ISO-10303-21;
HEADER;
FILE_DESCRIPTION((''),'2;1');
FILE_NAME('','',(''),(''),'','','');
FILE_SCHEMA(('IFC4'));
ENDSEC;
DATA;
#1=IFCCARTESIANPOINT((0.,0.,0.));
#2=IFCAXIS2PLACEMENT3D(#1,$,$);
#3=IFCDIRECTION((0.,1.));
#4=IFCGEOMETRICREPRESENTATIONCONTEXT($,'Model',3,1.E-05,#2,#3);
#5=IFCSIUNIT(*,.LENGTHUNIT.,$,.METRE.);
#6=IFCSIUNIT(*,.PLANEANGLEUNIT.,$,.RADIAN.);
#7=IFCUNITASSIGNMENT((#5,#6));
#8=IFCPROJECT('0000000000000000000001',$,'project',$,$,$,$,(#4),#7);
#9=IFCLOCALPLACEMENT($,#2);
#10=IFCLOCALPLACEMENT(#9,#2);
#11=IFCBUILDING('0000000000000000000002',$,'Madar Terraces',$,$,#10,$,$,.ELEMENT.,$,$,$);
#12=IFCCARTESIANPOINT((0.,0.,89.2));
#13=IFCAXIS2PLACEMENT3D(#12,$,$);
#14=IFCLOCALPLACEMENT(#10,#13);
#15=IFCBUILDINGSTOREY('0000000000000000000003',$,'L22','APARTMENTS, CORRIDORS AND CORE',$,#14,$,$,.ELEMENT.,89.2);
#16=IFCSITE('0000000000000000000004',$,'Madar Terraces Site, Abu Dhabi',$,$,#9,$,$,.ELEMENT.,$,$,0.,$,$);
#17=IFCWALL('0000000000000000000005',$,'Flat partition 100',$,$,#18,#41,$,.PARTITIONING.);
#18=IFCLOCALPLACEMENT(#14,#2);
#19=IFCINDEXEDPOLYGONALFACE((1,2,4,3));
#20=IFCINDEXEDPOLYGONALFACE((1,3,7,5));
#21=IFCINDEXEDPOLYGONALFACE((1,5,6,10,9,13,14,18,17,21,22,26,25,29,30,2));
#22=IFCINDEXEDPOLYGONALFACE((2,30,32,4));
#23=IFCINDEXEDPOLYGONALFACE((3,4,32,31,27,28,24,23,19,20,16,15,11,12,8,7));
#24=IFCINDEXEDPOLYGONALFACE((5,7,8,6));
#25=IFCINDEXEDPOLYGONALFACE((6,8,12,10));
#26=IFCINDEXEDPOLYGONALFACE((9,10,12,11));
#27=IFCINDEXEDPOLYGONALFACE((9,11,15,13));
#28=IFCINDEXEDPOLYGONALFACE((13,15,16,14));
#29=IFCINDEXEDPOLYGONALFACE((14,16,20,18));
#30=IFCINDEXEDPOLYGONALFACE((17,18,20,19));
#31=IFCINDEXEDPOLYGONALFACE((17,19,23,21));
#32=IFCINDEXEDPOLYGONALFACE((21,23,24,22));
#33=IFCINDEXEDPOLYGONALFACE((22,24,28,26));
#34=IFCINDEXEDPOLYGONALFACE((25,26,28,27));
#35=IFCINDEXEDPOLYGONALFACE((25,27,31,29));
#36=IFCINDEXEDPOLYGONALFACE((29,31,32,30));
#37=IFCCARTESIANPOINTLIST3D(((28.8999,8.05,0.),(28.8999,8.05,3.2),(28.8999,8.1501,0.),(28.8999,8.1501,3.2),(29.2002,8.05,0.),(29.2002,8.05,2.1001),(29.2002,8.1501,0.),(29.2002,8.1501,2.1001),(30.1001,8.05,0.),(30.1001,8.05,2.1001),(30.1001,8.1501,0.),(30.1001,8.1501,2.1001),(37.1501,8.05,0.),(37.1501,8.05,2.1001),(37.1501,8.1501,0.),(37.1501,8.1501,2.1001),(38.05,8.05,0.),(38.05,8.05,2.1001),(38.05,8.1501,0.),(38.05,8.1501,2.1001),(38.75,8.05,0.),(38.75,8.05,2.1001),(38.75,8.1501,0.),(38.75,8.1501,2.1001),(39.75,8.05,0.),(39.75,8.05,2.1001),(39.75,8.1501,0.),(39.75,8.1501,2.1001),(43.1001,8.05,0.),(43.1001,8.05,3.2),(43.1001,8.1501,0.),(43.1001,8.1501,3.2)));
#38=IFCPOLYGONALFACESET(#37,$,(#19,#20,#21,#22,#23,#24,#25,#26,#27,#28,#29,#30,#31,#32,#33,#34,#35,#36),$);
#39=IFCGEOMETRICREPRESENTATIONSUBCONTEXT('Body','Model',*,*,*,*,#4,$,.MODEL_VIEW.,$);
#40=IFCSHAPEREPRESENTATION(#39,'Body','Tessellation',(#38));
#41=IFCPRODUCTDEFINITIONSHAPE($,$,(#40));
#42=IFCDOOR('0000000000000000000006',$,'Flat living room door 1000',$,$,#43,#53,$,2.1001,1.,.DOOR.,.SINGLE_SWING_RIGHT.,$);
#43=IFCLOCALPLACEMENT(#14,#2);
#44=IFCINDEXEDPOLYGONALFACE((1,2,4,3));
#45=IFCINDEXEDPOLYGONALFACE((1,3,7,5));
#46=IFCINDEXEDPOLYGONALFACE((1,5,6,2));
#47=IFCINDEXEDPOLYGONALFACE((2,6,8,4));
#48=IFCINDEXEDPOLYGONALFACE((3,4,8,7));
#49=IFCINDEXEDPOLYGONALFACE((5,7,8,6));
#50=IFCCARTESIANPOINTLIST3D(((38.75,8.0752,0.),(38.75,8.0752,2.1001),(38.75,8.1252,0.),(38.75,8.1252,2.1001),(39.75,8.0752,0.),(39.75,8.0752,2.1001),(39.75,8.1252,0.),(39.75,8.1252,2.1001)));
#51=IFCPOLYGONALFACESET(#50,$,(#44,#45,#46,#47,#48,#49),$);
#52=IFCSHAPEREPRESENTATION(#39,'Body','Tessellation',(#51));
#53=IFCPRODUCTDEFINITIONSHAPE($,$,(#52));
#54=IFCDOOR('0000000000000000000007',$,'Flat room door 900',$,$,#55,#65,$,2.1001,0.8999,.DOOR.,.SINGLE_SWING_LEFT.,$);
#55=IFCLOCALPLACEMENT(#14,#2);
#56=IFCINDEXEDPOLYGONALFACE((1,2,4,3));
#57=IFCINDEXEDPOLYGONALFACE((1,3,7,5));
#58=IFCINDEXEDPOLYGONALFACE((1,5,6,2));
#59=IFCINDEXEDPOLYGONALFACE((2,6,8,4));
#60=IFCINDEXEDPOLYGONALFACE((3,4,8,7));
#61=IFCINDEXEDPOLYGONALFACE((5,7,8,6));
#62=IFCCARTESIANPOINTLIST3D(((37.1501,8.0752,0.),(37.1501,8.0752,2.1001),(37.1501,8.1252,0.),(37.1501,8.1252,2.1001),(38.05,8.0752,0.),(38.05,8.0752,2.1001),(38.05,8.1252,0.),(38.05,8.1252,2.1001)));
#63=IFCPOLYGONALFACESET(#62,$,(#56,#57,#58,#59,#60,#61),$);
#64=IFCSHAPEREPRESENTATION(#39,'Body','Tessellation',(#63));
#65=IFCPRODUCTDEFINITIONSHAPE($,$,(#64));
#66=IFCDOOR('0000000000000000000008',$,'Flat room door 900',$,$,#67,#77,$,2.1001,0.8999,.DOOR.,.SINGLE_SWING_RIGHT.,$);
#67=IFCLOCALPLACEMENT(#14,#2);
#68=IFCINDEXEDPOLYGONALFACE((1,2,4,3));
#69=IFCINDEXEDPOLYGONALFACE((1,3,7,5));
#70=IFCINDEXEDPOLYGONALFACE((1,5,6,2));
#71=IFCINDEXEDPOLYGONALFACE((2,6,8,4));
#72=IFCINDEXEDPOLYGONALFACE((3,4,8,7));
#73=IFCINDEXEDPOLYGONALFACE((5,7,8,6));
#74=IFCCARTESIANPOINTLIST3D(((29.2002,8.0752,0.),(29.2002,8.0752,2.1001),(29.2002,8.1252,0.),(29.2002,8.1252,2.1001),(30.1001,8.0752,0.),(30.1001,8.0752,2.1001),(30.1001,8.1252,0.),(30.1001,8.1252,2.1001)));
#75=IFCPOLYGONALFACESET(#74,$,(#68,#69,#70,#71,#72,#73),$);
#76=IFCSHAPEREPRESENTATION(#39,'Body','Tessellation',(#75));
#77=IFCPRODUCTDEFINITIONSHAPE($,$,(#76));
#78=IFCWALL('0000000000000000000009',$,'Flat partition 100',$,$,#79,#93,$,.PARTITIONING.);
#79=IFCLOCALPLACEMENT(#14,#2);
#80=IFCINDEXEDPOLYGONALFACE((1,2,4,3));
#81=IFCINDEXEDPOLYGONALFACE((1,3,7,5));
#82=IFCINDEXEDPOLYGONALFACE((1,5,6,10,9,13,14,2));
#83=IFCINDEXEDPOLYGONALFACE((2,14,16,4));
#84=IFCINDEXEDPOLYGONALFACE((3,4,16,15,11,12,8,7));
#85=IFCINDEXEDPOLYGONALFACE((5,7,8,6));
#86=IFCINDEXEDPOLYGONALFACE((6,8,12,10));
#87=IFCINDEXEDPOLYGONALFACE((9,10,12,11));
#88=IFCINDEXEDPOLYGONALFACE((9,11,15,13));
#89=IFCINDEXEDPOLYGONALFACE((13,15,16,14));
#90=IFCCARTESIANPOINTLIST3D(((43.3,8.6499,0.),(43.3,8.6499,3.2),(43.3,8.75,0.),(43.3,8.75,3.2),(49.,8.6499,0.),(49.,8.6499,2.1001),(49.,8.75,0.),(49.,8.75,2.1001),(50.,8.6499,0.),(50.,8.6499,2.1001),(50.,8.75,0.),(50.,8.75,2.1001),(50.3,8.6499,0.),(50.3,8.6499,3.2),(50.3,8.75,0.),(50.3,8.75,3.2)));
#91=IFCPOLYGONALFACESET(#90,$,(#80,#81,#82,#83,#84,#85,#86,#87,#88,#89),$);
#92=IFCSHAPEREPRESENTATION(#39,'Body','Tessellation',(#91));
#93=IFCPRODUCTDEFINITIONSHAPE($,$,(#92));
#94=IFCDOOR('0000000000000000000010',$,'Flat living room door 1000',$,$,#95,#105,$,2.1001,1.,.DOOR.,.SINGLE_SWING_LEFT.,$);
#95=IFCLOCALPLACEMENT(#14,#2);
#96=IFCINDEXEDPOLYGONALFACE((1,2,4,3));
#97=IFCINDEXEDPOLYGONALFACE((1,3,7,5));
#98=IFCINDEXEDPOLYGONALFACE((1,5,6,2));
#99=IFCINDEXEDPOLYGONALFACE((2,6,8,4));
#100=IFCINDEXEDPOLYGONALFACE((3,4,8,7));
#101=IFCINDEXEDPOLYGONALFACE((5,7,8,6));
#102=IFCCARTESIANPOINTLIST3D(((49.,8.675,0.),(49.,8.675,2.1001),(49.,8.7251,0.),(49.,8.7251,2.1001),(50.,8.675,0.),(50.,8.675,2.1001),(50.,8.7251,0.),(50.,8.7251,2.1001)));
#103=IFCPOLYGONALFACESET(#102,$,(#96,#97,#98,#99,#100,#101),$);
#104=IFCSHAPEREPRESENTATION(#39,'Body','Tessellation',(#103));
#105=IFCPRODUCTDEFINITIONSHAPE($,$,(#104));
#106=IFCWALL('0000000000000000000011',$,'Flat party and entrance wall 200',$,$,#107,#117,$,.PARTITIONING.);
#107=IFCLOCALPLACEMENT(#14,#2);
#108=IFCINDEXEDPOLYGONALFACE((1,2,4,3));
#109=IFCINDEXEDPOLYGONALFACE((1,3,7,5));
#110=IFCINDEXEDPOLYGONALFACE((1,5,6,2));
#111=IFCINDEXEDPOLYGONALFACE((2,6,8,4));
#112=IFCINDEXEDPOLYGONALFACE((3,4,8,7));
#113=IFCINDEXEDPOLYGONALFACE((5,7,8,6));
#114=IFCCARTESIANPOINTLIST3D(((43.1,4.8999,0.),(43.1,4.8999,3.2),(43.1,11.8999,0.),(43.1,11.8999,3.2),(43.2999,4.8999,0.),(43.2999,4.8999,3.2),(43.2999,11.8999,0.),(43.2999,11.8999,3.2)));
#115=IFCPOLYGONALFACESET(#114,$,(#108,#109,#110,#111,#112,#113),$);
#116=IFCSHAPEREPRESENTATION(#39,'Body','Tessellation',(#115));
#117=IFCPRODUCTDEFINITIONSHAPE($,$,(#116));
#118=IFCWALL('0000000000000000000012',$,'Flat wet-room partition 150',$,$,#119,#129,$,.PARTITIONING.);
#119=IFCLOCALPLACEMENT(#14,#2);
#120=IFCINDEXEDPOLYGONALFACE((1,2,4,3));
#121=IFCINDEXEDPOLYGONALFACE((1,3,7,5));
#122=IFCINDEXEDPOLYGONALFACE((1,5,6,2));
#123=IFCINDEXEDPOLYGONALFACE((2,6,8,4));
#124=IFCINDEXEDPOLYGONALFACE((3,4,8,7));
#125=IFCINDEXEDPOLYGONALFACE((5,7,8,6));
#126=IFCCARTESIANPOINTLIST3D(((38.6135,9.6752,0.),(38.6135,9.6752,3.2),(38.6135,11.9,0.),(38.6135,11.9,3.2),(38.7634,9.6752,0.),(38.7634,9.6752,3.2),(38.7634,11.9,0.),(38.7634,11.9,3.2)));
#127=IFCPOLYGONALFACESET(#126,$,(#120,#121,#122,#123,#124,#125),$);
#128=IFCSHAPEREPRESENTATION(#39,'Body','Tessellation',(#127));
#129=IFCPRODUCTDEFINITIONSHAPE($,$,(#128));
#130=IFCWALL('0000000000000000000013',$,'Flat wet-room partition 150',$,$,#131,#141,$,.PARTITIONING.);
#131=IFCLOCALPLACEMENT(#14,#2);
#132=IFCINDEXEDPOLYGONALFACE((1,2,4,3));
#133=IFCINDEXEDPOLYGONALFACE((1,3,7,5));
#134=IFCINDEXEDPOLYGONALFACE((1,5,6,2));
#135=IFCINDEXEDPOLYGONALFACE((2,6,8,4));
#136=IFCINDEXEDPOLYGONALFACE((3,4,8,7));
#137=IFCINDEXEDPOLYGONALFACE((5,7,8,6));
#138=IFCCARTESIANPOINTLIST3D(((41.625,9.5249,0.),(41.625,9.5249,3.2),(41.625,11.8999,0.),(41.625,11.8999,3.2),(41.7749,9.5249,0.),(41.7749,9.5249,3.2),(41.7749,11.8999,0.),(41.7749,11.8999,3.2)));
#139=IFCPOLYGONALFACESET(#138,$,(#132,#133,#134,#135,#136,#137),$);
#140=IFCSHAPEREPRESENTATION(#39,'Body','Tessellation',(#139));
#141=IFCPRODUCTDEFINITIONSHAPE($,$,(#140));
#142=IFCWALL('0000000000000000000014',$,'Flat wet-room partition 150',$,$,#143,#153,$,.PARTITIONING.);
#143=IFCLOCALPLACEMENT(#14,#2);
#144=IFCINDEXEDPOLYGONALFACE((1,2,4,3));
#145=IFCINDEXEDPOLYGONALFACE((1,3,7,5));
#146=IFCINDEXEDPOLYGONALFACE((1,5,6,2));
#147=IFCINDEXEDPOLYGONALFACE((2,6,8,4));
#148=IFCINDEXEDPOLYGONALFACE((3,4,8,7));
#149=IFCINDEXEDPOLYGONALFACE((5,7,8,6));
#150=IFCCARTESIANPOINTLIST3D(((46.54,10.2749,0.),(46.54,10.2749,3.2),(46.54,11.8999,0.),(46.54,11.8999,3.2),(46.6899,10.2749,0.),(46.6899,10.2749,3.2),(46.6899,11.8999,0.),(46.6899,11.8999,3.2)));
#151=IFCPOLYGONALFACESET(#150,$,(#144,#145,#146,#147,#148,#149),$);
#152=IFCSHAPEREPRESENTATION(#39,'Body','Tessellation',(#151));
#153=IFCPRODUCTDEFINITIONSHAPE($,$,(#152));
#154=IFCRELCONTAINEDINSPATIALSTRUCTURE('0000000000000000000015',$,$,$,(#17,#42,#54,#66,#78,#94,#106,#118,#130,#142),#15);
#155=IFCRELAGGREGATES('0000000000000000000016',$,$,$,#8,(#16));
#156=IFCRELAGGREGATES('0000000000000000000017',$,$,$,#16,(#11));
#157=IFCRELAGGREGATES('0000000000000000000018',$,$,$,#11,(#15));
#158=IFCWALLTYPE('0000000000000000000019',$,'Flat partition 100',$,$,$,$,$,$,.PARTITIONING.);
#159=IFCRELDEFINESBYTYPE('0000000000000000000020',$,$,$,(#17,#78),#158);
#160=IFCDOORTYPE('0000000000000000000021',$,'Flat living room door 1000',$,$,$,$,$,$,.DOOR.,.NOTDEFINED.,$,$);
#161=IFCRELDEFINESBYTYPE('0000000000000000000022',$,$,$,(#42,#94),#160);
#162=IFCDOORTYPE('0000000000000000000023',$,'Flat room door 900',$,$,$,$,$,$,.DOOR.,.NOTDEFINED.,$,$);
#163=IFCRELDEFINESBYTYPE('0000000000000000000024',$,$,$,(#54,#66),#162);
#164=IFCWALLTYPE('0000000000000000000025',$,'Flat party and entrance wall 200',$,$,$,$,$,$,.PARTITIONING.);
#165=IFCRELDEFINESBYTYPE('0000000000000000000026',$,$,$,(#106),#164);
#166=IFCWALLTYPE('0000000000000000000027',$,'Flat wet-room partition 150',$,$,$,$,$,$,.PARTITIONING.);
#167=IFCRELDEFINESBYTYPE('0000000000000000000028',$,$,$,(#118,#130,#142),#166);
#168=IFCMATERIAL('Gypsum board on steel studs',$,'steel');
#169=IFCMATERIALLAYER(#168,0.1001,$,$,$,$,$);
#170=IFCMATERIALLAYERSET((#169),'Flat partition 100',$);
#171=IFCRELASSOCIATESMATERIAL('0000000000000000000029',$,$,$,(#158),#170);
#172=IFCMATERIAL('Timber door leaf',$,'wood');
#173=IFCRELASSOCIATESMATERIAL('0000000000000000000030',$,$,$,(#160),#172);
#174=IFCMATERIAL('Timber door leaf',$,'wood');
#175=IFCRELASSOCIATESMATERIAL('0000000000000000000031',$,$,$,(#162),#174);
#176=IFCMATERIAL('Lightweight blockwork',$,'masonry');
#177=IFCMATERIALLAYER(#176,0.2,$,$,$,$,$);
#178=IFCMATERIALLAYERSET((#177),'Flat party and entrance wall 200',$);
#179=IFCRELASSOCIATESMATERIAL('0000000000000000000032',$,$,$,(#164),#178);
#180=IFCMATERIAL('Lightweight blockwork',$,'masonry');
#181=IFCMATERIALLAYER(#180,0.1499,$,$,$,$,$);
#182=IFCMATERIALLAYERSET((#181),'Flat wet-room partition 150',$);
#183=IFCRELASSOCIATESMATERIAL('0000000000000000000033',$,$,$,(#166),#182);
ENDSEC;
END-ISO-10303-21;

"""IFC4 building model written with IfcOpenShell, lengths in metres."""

from ifc_helpers import new_model, si_unit, direction, frame, frame_2d, origin, place, context, subcontext, project, spatial, rectangle, extrude, material, layer, layer_set, type_object, element, fill, save


model = new_model("IFC4")

# Units and contexts
model_context = context("Model", 3, precision=1e-05, world=origin(), true_north=direction((0.0, 1.0)))
body_context = subcontext(model_context, "Body", "Model", "MODEL_VIEW")
ifc_project = project(units=[si_unit("LENGTHUNIT", "METRE"), si_unit("PLANEANGLEUNIT", "RADIAN")], contexts=[model_context])

# Site, building, storey
site_placement = place(None, origin())
site = spatial("IfcSite", under=ifc_project, at=site_placement, Name="Madar Terraces Site, Abu Dhabi", CompositionType="ELEMENT", RefElevation=0.0)
building_placement = place(site_placement, origin())
building = spatial("IfcBuilding", under=site, at=building_placement, Name="Madar Terraces", CompositionType="ELEMENT")
storey_placement = place(building_placement, frame((0.0, 0.0, 89.2)))
storey = spatial("IfcBuildingStorey", under=building, at=storey_placement, Name="L22", Description="APARTMENTS, CORRIDORS AND CORE", CompositionType="ELEMENT", Elevation=89.2)

# Shared definitions
ifc_material_1 = material(Name="Gypsum board on steel studs", Category="steel")
ifc_layer_1 = layer(ifc_material_1, 0.1001)
ifc_layer_set_1 = layer_set([ifc_layer_1], Name="Flat partition 100")
wall_type_1 = type_object("IfcWallType", Name="Flat partition 100", PredefinedType="PARTITIONING", material=ifc_layer_set_1)

# Wall, openings, doors
wall_1_placement = place(storey_placement, frame((43.1001, 8.1001, 0.0), z_axis=(0.0, 0.0, 1.0), x_axis=(-1.0, 0.0, 0.0)))
wall_1 = element("IfcWall", 1, at=wall_1_placement, inside=storey, type_object=wall_type_1, Name="Flat partition 100", PredefinedType="PARTITIONING", context=body_context, shape_type="SweptSolid", body=[
    extrude(rectangle(XDim=14.2002, YDim=0.1001, at=frame_2d((7.1001, 0.0))), origin(), (0.0, 0.0, 1.0), 3.2),
])
opening_1_placement = place(wall_1_placement, frame((3.3501, 0.0, 0.0)))
opening_1 = element("IfcOpeningElement", 2, at=opening_1_placement, cuts=wall_1, PredefinedType="OPENING", context=body_context, shape_type="SweptSolid", body=[
    extrude(rectangle(XDim=1.0, YDim=2.1001, at=frame_2d((0.5, 1.05))), frame((0.0, 0.0601, 0.0), z_axis=(0.0, -1.0, 0.0), x_axis=(1.0, 0.0, 0.0)), (0.0, 0.0, 1.0), 0.1201),
])
opening_2_placement = place(wall_1_placement, frame((5.05, 0.0, 0.0)))
opening_2 = element("IfcOpeningElement", 3, at=opening_2_placement, cuts=wall_1, PredefinedType="OPENING", context=body_context, shape_type="SweptSolid", body=[
    extrude(rectangle(XDim=0.8999, YDim=2.1001, at=frame_2d((0.45, 1.05))), frame((0.0, 0.0601, 0.0), z_axis=(0.0, -1.0, 0.0), x_axis=(1.0, 0.0, 0.0)), (0.0, 0.0, 1.0), 0.1201),
])
opening_3_placement = place(wall_1_placement, frame((13.0, 0.0, 0.0)))
opening_3 = element("IfcOpeningElement", 4, at=opening_3_placement, cuts=wall_1, PredefinedType="OPENING", context=body_context, shape_type="SweptSolid", body=[
    extrude(rectangle(XDim=0.8999, YDim=2.1001, at=frame_2d((0.45, 1.05))), frame((0.0, 0.0601, 0.0), z_axis=(0.0, -1.0, 0.0), x_axis=(1.0, 0.0, 0.0)), (0.0, 0.0, 1.0), 0.1201),
])
ifc_material_2 = material(Name="Timber door leaf", Category="wood")
door_type_1 = type_object("IfcDoorType", Name="Flat living room door 1000", OperationType="NOTDEFINED", PredefinedType="DOOR", material=ifc_material_2)
door_1_placement = place(opening_1_placement, origin())
door_1 = element("IfcDoor", 5, at=door_1_placement, inside=storey, type_object=door_type_1, Name="Flat living room door 1000", OperationType="SINGLE_SWING_RIGHT", OverallHeight=2.1001, OverallWidth=1.0, PredefinedType="DOOR", context=body_context, shape_type="SweptSolid", body=[
    extrude(rectangle(XDim=1.0, YDim=2.1001, at=frame_2d((0.5, 1.05))), frame((0.0, 0.0249, 0.0), z_axis=(0.0, -1.0, 0.0), x_axis=(1.0, 0.0, 0.0)), (0.0, 0.0, 1.0), 0.05),
])
fill(opening_1, door_1)
ifc_material_3 = material(Name="Timber door leaf", Category="wood")
door_type_2 = type_object("IfcDoorType", Name="Flat room door 900", OperationType="NOTDEFINED", PredefinedType="DOOR", material=ifc_material_3)
door_2_placement = place(opening_2_placement, origin())
door_2 = element("IfcDoor", 6, at=door_2_placement, inside=storey, type_object=door_type_2, Name="Flat room door 900", OperationType="SINGLE_SWING_LEFT", OverallHeight=2.1001, OverallWidth=0.8999, PredefinedType="DOOR", context=body_context, shape_type="SweptSolid", body=[
    extrude(rectangle(XDim=0.8999, YDim=2.1001, at=frame_2d((0.45, 1.05))), frame((0.0, 0.0249, 0.0), z_axis=(0.0, -1.0, 0.0), x_axis=(1.0, 0.0, 0.0)), (0.0, 0.0, 1.0), 0.05),
])
fill(opening_2, door_2)
door_3_placement = place(opening_3_placement, origin())
door_3 = element("IfcDoor", 7, at=door_3_placement, inside=storey, type_object=door_type_2, Name="Flat room door 900", OperationType="SINGLE_SWING_RIGHT", OverallHeight=2.1001, OverallWidth=0.8999, PredefinedType="DOOR", context=body_context, shape_type="SweptSolid", body=[
    extrude(rectangle(XDim=0.8999, YDim=2.1001, at=frame_2d((0.45, 1.05))), frame((0.0, 0.0249, 0.0), z_axis=(0.0, -1.0, 0.0), x_axis=(1.0, 0.0, 0.0)), (0.0, 0.0, 1.0), 0.05),
])
fill(opening_3, door_3)

# Wall, opening, door
wall_2_placement = place(storey_placement, frame((50.3, 8.7, 0.0), z_axis=(0.0, 0.0, 1.0), x_axis=(-1.0, 0.0, 0.0)))
wall_2 = element("IfcWall", 8, at=wall_2_placement, inside=storey, type_object=wall_type_1, Name="Flat partition 100", PredefinedType="PARTITIONING", context=body_context, shape_type="SweptSolid", body=[
    extrude(rectangle(XDim=7.0, YDim=0.1001, at=frame_2d((3.5, 0.0))), origin(), (0.0, 0.0, 1.0), 3.2),
])
opening_4_placement = place(wall_2_placement, frame((0.3, 0.0, 0.0)))
opening_4 = element("IfcOpeningElement", 9, at=opening_4_placement, cuts=wall_2, PredefinedType="OPENING", context=body_context, shape_type="SweptSolid", body=[
    extrude(rectangle(XDim=1.0, YDim=2.1001, at=frame_2d((0.5, 1.05))), frame((0.0, 0.0601, 0.0), z_axis=(0.0, -1.0, 0.0), x_axis=(1.0, 0.0, 0.0)), (0.0, 0.0, 1.0), 0.1201),
])
door_4_placement = place(opening_4_placement, origin())
door_4 = element("IfcDoor", 10, at=door_4_placement, inside=storey, type_object=door_type_1, Name="Flat living room door 1000", OperationType="SINGLE_SWING_LEFT", OverallHeight=2.1001, OverallWidth=1.0, PredefinedType="DOOR", context=body_context, shape_type="SweptSolid", body=[
    extrude(rectangle(XDim=1.0, YDim=2.1001, at=frame_2d((0.5, 1.05))), frame((0.0, 0.0249, 0.0), z_axis=(0.0, -1.0, 0.0), x_axis=(1.0, 0.0, 0.0)), (0.0, 0.0, 1.0), 0.05),
])
fill(opening_4, door_4)

# Walls
ifc_material_4 = material(Name="Lightweight blockwork", Category="masonry")
ifc_layer_2 = layer(ifc_material_4, 0.2)
ifc_layer_set_2 = layer_set([ifc_layer_2], Name="Flat party and entrance wall 200")
wall_type_2 = type_object("IfcWallType", Name="Flat party and entrance wall 200", PredefinedType="PARTITIONING", material=ifc_layer_set_2)
wall_3_placement = place(storey_placement, frame((43.2, 11.8999, 0.0), z_axis=(0.0, 0.0, 1.0), x_axis=(0.0, -1.0, 0.0)))
element("IfcWall", 11, at=wall_3_placement, inside=storey, type_object=wall_type_2, Name="Flat party and entrance wall 200", PredefinedType="PARTITIONING", context=body_context, shape_type="SweptSolid", body=[
    extrude(rectangle(XDim=7.0, YDim=0.2, at=frame_2d((3.5, 0.0))), origin(), (0.0, 0.0, 1.0), 3.2),
])
ifc_material_5 = material(Name="Lightweight blockwork", Category="masonry")
ifc_layer_3 = layer(ifc_material_5, 0.1499)
ifc_layer_set_3 = layer_set([ifc_layer_3], Name="Flat wet-room partition 150")
wall_type_3 = type_object("IfcWallType", Name="Flat wet-room partition 150", PredefinedType="PARTITIONING", material=ifc_layer_set_3)
wall_4_placement = place(storey_placement, frame((38.6885, 11.8999, 0.0), z_axis=(0.0, 0.0, 1.0), x_axis=(0.0, -1.0, 0.0)))
element("IfcWall", 12, at=wall_4_placement, inside=storey, type_object=wall_type_3, Name="Flat wet-room partition 150", PredefinedType="PARTITIONING", context=body_context, shape_type="SweptSolid", body=[
    extrude(rectangle(XDim=2.2249, YDim=0.1499, at=frame_2d((1.1123, 0.0))), origin(), (0.0, 0.0, 1.0), 3.2),
])
wall_5_placement = place(storey_placement, frame((41.7, 11.8999, 0.0), z_axis=(0.0, 0.0, 1.0), x_axis=(0.0, -1.0, 0.0)))
element("IfcWall", 13, at=wall_5_placement, inside=storey, type_object=wall_type_3, Name="Flat wet-room partition 150", PredefinedType="PARTITIONING", context=body_context, shape_type="SweptSolid", body=[
    extrude(rectangle(XDim=2.375, YDim=0.1499, at=frame_2d((1.1875, 0.0))), origin(), (0.0, 0.0, 1.0), 3.2),
])
wall_6_placement = place(storey_placement, frame((46.615, 11.8999, 0.0), z_axis=(0.0, 0.0, 1.0), x_axis=(0.0, -1.0, 0.0)))
element("IfcWall", 14, at=wall_6_placement, inside=storey, type_object=wall_type_3, Name="Flat wet-room partition 150", PredefinedType="PARTITIONING", context=body_context, shape_type="SweptSolid", body=[
    extrude(rectangle(XDim=1.625, YDim=0.1499, at=frame_2d((0.8125, 0.0))), origin(), (0.0, 0.0, 1.0), 3.2),
])

save(model, "model.ifc")
